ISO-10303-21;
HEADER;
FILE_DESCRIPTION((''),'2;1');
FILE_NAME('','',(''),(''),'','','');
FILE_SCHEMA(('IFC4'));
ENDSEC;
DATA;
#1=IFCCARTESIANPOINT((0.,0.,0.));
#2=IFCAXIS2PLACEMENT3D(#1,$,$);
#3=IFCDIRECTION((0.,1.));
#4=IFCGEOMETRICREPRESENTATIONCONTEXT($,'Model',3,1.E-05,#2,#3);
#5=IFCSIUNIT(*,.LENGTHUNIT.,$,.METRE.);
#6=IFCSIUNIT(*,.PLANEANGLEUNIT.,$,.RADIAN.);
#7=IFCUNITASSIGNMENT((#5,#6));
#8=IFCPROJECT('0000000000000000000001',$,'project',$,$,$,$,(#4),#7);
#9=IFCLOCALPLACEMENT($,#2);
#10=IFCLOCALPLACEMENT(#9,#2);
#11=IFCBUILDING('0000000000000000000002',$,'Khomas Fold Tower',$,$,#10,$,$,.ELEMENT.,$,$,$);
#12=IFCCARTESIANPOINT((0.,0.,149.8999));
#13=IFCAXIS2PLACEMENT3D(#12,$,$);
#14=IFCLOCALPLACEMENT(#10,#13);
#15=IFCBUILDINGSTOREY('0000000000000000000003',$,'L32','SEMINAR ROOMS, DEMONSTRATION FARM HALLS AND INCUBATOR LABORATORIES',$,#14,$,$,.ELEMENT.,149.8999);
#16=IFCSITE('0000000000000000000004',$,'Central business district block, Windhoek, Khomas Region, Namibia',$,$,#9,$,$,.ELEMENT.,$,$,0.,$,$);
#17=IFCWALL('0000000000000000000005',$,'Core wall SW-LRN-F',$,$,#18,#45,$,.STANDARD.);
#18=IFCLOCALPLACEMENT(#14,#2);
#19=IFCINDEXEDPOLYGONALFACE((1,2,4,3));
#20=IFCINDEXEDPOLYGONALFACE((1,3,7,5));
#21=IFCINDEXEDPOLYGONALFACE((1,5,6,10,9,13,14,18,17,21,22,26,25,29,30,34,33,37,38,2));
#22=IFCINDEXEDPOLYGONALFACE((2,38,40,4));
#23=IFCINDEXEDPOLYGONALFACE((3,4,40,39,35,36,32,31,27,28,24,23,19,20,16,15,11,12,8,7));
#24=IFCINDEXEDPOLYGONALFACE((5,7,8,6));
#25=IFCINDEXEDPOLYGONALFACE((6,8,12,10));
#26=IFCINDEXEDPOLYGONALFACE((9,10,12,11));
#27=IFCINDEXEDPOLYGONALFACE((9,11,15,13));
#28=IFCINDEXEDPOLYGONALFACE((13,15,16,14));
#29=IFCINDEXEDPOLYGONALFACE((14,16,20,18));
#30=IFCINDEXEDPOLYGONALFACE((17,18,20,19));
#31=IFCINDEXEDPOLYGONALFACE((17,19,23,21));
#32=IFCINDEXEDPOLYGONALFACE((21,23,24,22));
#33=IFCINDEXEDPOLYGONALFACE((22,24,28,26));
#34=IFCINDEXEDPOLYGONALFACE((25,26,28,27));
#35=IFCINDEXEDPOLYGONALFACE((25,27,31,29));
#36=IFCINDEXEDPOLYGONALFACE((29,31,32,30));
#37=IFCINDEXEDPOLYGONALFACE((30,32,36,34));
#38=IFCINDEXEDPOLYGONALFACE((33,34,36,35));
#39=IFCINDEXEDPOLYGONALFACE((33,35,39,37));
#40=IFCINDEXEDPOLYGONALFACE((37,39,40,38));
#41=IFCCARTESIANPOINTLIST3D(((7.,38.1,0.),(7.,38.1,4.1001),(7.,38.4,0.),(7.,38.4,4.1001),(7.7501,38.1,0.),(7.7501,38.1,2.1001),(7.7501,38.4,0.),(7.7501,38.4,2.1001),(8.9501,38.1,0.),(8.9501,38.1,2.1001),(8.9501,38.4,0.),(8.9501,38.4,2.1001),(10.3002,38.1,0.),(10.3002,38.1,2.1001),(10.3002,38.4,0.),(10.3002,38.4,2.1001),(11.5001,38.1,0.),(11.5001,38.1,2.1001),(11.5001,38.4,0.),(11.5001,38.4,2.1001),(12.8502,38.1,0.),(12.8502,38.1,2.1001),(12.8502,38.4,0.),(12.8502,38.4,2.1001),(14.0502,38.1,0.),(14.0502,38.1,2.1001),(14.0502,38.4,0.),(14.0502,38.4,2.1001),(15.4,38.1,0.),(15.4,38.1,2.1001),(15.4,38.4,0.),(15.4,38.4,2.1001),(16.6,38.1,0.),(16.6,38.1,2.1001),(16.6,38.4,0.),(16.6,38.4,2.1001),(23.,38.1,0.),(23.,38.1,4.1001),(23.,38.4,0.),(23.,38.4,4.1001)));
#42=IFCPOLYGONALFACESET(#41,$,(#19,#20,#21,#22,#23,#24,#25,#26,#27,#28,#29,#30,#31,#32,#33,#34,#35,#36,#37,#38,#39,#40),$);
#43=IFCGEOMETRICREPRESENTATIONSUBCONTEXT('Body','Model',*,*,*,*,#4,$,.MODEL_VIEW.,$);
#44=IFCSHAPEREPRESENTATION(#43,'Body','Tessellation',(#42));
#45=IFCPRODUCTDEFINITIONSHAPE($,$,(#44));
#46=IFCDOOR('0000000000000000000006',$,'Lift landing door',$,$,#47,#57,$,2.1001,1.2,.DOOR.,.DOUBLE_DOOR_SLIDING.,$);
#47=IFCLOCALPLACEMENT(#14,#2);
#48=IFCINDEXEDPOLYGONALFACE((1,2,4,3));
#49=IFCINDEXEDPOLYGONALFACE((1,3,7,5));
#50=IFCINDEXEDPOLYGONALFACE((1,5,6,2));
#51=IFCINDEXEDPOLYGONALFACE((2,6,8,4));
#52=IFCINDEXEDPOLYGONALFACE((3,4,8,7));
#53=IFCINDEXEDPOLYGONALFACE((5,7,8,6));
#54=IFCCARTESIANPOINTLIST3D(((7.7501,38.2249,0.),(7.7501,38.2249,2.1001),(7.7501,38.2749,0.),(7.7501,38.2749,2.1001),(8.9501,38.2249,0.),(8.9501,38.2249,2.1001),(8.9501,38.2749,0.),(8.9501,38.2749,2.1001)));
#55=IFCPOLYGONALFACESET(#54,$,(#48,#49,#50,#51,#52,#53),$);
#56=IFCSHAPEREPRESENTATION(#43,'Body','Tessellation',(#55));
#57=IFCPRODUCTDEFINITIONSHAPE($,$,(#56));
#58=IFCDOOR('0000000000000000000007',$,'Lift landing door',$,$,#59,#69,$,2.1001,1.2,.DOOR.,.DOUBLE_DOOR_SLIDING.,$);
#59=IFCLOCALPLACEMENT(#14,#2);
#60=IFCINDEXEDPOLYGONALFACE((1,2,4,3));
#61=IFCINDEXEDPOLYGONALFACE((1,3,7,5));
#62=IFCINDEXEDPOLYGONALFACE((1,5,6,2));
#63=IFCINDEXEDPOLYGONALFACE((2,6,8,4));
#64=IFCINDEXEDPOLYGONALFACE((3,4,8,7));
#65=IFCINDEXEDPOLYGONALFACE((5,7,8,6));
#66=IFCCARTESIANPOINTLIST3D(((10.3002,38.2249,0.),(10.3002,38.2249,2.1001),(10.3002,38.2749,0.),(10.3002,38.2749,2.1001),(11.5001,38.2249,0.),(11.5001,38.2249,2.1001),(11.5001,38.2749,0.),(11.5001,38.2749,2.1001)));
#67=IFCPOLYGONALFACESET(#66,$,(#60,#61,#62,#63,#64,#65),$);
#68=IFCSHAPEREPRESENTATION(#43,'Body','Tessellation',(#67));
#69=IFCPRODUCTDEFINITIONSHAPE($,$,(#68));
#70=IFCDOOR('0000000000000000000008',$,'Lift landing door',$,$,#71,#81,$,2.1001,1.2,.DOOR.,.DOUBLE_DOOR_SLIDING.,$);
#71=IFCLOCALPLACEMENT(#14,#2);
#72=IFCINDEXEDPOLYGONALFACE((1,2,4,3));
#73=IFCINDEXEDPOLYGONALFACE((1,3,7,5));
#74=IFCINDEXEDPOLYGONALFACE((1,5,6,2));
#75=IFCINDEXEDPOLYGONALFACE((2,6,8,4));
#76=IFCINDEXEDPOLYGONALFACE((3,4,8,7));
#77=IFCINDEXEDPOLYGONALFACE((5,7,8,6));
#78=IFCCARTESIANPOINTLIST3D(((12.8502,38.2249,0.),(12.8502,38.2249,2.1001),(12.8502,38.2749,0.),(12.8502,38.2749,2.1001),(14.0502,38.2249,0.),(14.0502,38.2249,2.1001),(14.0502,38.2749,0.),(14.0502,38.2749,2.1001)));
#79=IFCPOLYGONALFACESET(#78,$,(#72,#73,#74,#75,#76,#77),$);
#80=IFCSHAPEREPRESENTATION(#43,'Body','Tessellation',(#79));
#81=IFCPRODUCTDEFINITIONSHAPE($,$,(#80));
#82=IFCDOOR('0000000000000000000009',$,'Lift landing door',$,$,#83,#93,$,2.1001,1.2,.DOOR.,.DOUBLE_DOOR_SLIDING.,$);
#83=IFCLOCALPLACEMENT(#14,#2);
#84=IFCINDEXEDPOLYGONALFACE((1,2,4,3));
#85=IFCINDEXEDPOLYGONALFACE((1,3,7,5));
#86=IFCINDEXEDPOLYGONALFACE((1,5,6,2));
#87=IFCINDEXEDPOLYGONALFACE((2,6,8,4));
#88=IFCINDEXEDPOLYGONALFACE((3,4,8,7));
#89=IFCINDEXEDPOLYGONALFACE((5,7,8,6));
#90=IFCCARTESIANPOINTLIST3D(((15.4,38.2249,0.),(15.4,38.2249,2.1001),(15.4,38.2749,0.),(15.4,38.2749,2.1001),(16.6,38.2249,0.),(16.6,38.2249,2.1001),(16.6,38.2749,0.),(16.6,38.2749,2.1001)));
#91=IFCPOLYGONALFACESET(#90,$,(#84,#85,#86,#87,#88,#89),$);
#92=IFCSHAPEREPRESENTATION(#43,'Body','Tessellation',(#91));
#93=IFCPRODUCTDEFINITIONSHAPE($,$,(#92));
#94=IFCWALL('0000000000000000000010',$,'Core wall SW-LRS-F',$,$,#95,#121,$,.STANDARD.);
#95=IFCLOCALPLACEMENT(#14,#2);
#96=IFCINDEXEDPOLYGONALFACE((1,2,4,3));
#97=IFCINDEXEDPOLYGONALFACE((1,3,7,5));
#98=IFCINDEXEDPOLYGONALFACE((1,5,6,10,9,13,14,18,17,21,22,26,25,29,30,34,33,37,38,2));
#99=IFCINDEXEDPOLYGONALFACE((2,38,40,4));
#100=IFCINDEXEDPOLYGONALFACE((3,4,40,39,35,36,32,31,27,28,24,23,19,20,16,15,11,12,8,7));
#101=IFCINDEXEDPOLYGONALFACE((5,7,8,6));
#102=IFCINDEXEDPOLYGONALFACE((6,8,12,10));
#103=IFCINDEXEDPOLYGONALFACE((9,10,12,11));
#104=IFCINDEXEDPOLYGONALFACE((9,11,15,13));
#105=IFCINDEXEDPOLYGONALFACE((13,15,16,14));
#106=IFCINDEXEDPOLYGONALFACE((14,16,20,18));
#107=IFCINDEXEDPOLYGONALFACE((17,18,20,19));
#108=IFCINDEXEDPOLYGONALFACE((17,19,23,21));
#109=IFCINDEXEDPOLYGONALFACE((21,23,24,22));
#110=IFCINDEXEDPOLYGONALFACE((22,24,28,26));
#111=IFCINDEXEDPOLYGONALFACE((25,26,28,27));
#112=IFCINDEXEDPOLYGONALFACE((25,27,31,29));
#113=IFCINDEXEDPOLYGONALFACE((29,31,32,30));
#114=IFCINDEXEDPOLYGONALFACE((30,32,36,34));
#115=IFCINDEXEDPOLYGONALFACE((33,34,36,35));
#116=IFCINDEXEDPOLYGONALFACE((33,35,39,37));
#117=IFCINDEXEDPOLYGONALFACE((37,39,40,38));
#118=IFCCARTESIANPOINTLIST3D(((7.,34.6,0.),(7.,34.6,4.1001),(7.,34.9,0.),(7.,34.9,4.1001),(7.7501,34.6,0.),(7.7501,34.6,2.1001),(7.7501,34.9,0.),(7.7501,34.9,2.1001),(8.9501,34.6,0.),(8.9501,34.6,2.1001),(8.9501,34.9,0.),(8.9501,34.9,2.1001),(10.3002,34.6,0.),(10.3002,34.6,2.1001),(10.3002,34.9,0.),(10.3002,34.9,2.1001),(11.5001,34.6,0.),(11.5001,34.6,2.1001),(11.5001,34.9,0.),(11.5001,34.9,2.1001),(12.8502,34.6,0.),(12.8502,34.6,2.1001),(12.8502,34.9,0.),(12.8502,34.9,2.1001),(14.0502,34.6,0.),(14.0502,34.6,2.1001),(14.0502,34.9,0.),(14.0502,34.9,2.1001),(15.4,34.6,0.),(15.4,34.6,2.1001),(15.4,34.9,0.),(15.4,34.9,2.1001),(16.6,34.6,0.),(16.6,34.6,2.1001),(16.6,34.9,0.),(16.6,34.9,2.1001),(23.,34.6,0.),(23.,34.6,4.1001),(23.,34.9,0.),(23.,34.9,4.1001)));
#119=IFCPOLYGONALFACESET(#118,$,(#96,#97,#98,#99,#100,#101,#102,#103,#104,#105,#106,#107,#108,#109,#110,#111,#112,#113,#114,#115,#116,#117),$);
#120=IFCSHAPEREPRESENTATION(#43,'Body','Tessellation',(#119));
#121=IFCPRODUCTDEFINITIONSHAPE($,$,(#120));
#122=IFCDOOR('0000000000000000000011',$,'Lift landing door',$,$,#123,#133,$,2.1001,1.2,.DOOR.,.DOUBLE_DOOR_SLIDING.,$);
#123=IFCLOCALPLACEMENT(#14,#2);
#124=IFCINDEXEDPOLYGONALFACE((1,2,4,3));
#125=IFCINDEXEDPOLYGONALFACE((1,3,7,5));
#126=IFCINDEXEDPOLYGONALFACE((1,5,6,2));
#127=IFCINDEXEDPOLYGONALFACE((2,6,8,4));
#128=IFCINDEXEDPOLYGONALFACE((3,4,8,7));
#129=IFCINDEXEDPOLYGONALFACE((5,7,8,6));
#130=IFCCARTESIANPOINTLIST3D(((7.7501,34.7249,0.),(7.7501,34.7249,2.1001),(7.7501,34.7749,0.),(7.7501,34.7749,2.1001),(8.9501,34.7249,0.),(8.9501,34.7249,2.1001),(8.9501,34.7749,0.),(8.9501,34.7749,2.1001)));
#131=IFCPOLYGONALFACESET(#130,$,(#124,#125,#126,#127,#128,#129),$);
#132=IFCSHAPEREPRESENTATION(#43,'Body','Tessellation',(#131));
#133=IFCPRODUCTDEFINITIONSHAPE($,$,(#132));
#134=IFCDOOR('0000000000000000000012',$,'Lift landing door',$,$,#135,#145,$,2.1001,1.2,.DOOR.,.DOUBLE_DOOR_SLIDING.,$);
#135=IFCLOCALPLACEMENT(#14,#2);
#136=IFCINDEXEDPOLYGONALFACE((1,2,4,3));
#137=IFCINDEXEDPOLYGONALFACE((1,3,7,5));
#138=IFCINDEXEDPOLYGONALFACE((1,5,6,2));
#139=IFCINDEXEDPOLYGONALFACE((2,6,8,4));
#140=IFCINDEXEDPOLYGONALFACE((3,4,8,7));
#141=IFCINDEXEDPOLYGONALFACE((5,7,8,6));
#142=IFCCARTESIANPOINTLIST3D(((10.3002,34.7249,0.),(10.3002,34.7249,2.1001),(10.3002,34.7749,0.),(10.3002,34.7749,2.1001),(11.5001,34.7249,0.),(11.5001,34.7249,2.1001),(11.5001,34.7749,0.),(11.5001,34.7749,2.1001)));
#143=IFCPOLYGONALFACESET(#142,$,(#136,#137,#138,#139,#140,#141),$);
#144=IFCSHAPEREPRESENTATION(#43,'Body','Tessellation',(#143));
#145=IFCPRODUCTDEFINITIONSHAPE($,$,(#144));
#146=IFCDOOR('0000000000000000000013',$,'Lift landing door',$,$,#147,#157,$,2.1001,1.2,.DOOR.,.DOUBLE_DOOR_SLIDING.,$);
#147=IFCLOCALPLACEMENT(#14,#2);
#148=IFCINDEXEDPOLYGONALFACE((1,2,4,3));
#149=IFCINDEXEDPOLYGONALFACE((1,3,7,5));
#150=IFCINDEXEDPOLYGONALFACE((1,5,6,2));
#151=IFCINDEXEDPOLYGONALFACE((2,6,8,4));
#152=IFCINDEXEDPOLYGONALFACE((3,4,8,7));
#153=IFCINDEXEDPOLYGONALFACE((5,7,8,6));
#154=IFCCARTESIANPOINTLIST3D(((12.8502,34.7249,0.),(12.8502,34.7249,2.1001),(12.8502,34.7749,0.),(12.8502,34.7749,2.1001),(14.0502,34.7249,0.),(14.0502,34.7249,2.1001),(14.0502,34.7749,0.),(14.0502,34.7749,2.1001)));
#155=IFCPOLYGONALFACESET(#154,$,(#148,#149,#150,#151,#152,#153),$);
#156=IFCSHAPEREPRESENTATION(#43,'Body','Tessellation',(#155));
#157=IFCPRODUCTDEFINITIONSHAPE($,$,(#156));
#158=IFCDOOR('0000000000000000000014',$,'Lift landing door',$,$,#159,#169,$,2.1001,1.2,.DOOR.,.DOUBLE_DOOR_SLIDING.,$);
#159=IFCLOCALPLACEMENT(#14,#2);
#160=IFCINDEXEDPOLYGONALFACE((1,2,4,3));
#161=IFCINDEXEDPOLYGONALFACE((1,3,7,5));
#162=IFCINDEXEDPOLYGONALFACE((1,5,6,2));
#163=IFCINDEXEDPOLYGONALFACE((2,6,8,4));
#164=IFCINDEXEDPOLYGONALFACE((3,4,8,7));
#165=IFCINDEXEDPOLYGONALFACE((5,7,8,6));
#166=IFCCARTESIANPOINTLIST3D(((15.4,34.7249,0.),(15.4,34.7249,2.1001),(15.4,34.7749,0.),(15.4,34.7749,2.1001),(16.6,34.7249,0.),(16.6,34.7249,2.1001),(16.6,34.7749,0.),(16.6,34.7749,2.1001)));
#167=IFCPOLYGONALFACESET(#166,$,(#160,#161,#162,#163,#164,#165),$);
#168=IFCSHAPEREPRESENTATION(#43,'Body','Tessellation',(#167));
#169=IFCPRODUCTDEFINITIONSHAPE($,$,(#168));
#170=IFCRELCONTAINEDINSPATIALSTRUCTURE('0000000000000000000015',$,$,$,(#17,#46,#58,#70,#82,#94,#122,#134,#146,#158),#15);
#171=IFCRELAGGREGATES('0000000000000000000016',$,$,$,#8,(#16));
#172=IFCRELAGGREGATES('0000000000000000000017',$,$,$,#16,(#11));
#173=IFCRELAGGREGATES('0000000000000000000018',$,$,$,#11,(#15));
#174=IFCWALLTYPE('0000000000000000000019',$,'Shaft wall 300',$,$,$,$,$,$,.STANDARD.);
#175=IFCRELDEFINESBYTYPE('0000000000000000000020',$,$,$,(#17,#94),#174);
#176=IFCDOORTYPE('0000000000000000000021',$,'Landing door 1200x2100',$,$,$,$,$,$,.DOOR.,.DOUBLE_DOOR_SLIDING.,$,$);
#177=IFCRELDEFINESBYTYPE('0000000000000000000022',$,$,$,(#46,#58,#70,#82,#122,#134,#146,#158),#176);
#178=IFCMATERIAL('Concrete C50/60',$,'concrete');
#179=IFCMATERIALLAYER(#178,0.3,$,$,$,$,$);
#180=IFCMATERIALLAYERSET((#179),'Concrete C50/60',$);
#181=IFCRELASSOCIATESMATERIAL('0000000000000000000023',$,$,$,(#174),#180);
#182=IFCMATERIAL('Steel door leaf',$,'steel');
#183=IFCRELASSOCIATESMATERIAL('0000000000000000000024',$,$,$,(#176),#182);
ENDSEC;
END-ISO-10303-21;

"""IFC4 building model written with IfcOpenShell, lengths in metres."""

from ifc_helpers import new_model, si_unit, direction, frame, frame_2d, origin, place, context, subcontext, project, spatial, rectangle, extrude, source, transform, mapped, material, layer, layer_set, type_object, element, fill, save


model = new_model("IFC4")

# Units and contexts
model_context = context("Model", 3, precision=1e-05, world=origin(), true_north=direction((0.0, 1.0)))
body_context = subcontext(model_context, "Body", "Model", "MODEL_VIEW")
ifc_project = project(units=[si_unit("LENGTHUNIT", "METRE"), si_unit("PLANEANGLEUNIT", "RADIAN")], contexts=[model_context])

# Site, building, storey
site_placement = place(None, origin())
site = spatial("IfcSite", under=ifc_project, at=site_placement, Name="Central business district block, Windhoek, Khomas Region, Namibia", CompositionType="ELEMENT", RefElevation=0.0)
building_placement = place(site_placement, origin())
building = spatial("IfcBuilding", under=site, at=building_placement, Name="Khomas Fold Tower", CompositionType="ELEMENT")
storey_placement = place(building_placement, frame((0.0, 0.0, 149.8999)))
storey = spatial("IfcBuildingStorey", under=building, at=storey_placement, Name="L32", Description="SEMINAR ROOMS, DEMONSTRATION FARM HALLS AND INCUBATOR LABORATORIES", CompositionType="ELEMENT", Elevation=149.8999)

# Walls, openings, doors
ifc_material_1 = material(Name="Concrete C50/60", Category="concrete")
ifc_layer_1 = layer(ifc_material_1, 0.3)
ifc_layer_set_1 = layer_set([ifc_layer_1], Name="Concrete C50/60")
wall_type_1 = type_object("IfcWallType", Name="Shaft wall 300", PredefinedType="STANDARD", material=ifc_layer_set_1)
shared_shape_1 = source(origin(), body_context, "Body", "SweptSolid", [
    extrude(rectangle(XDim=16.0, YDim=0.3, at=frame_2d((8.0, 0.0))), origin(), (0.0, 0.0, 1.0), 4.1001),
])
wall_1_placement = place(storey_placement, frame((7.0, 38.25, 0.0), z_axis=(0.0, 0.0, 1.0), x_axis=(1.0, 0.0, 0.0)))
wall_1 = element("IfcWall", 1, at=wall_1_placement, inside=storey, type_object=wall_type_1, Name="Core wall SW-LRN-F", PredefinedType="STANDARD", context=body_context, shape_type="MappedRepresentation", body=[
    mapped(shared_shape_1, transform((0.0, 0.0, 0.0))),
])
shared_shape_2 = source(origin(), body_context, "Body", "SweptSolid", [
    extrude(rectangle(XDim=1.2, YDim=2.1001, at=frame_2d((0.6001, 1.05))), frame((0.0, 0.1599, 0.0), z_axis=(0.0, -1.0, 0.0), x_axis=(1.0, 0.0, 0.0)), (0.0, 0.0, 1.0), 0.3201),
])
opening_1_placement = place(wall_1_placement, frame((0.75, 0.0, 0.0)))
opening_1 = element("IfcOpeningElement", 2, at=opening_1_placement, cuts=wall_1, PredefinedType="OPENING", context=body_context, shape_type="MappedRepresentation", body=[
    mapped(shared_shape_2, transform((0.0, 0.0, 0.0))),
])
opening_2_placement = place(wall_1_placement, frame((3.3, 0.0, 0.0)))
opening_2 = element("IfcOpeningElement", 3, at=opening_2_placement, cuts=wall_1, PredefinedType="OPENING", context=body_context, shape_type="MappedRepresentation", body=[
    mapped(shared_shape_2, transform((0.0, 0.0, 0.0))),
])
opening_3_placement = place(wall_1_placement, frame((5.8501, 0.0, 0.0)))
opening_3 = element("IfcOpeningElement", 4, at=opening_3_placement, cuts=wall_1, PredefinedType="OPENING", context=body_context, shape_type="MappedRepresentation", body=[
    mapped(shared_shape_2, transform((0.0, 0.0, 0.0))),
])
opening_4_placement = place(wall_1_placement, frame((8.3999, 0.0, 0.0)))
opening_4 = element("IfcOpeningElement", 5, at=opening_4_placement, cuts=wall_1, PredefinedType="OPENING", context=body_context, shape_type="MappedRepresentation", body=[
    mapped(shared_shape_2, transform((0.0, 0.0, 0.0))),
])
ifc_material_2 = material(Name="Steel door leaf", Category="steel")
door_type = type_object("IfcDoorType", Name="Landing door 1200x2100", OperationType="DOUBLE_DOOR_SLIDING", PredefinedType="DOOR", material=ifc_material_2)
shared_shape_3 = source(origin(), body_context, "Body", "SweptSolid", [
    extrude(rectangle(XDim=1.2, YDim=2.1001, at=frame_2d((0.6001, 1.05))), frame((0.0, 0.0249, 0.0), z_axis=(0.0, -1.0, 0.0), x_axis=(1.0, 0.0, 0.0)), (0.0, 0.0, 1.0), 0.05),
])
door_1_placement = place(opening_1_placement, origin())
door_1 = element("IfcDoor", 6, at=door_1_placement, inside=storey, type_object=door_type, Name="Lift landing door", OperationType="DOUBLE_DOOR_SLIDING", OverallHeight=2.1001, OverallWidth=1.2, PredefinedType="DOOR", context=body_context, shape_type="MappedRepresentation", body=[
    mapped(shared_shape_3, transform((0.0, 0.0, 0.0))),
])
fill(opening_1, door_1)
door_2_placement = place(opening_2_placement, origin())
door_2 = element("IfcDoor", 7, at=door_2_placement, inside=storey, type_object=door_type, Name="Lift landing door", OperationType="DOUBLE_DOOR_SLIDING", OverallHeight=2.1001, OverallWidth=1.2, PredefinedType="DOOR", context=body_context, shape_type="MappedRepresentation", body=[
    mapped(shared_shape_3, transform((0.0, 0.0, 0.0))),
])
fill(opening_2, door_2)
door_3_placement = place(opening_3_placement, origin())
door_3 = element("IfcDoor", 8, at=door_3_placement, inside=storey, type_object=door_type, Name="Lift landing door", OperationType="DOUBLE_DOOR_SLIDING", OverallHeight=2.1001, OverallWidth=1.2, PredefinedType="DOOR", context=body_context, shape_type="MappedRepresentation", body=[
    mapped(shared_shape_3, transform((0.0, 0.0, 0.0))),
])
fill(opening_3, door_3)
door_4_placement = place(opening_4_placement, origin())
door_4 = element("IfcDoor", 9, at=door_4_placement, inside=storey, type_object=door_type, Name="Lift landing door", OperationType="DOUBLE_DOOR_SLIDING", OverallHeight=2.1001, OverallWidth=1.2, PredefinedType="DOOR", context=body_context, shape_type="MappedRepresentation", body=[
    mapped(shared_shape_3, transform((0.0, 0.0, 0.0))),
])
fill(opening_4, door_4)
wall_2_placement = place(storey_placement, frame((7.0, 34.75, 0.0), z_axis=(0.0, 0.0, 1.0), x_axis=(1.0, 0.0, 0.0)))
wall_2 = element("IfcWall", 10, at=wall_2_placement, inside=storey, type_object=wall_type_1, Name="Core wall SW-LRS-F", PredefinedType="STANDARD", context=body_context, shape_type="MappedRepresentation", body=[
    mapped(shared_shape_1, transform((0.0, 0.0, 0.0))),
])
opening_5_placement = place(wall_2_placement, frame((0.75, 0.0, 0.0)))
opening_5 = element("IfcOpeningElement", 11, at=opening_5_placement, cuts=wall_2, PredefinedType="OPENING", context=body_context, shape_type="MappedRepresentation", body=[
    mapped(shared_shape_2, transform((0.0, 0.0, 0.0))),
])
opening_6_placement = place(wall_2_placement, frame((3.3, 0.0, 0.0)))
opening_6 = element("IfcOpeningElement", 12, at=opening_6_placement, cuts=wall_2, PredefinedType="OPENING", context=body_context, shape_type="MappedRepresentation", body=[
    mapped(shared_shape_2, transform((0.0, 0.0, 0.0))),
])
opening_7_placement = place(wall_2_placement, frame((5.8501, 0.0, 0.0)))
opening_7 = element("IfcOpeningElement", 13, at=opening_7_placement, cuts=wall_2, PredefinedType="OPENING", context=body_context, shape_type="MappedRepresentation", body=[
    mapped(shared_shape_2, transform((0.0, 0.0, 0.0))),
])
opening_8_placement = place(wall_2_placement, frame((8.3999, 0.0, 0.0)))
opening_8 = element("IfcOpeningElement", 14, at=opening_8_placement, cuts=wall_2, PredefinedType="OPENING", context=body_context, shape_type="MappedRepresentation", body=[
    mapped(shared_shape_2, transform((0.0, 0.0, 0.0))),
])
door_5_placement = place(opening_5_placement, origin())
door_5 = element("IfcDoor", 15, at=door_5_placement, inside=storey, type_object=door_type, Name="Lift landing door", OperationType="DOUBLE_DOOR_SLIDING", OverallHeight=2.1001, OverallWidth=1.2, PredefinedType="DOOR", context=body_context, shape_type="MappedRepresentation", body=[
    mapped(shared_shape_3, transform((0.0, 0.0, 0.0))),
])
fill(opening_5, door_5)
door_6_placement = place(opening_6_placement, origin())
door_6 = element("IfcDoor", 16, at=door_6_placement, inside=storey, type_object=door_type, Name="Lift landing door", OperationType="DOUBLE_DOOR_SLIDING", OverallHeight=2.1001, OverallWidth=1.2, PredefinedType="DOOR", context=body_context, shape_type="MappedRepresentation", body=[
    mapped(shared_shape_3, transform((0.0, 0.0, 0.0))),
])
fill(opening_6, door_6)
door_7_placement = place(opening_7_placement, origin())
door_7 = element("IfcDoor", 17, at=door_7_placement, inside=storey, type_object=door_type, Name="Lift landing door", OperationType="DOUBLE_DOOR_SLIDING", OverallHeight=2.1001, OverallWidth=1.2, PredefinedType="DOOR", context=body_context, shape_type="MappedRepresentation", body=[
    mapped(shared_shape_3, transform((0.0, 0.0, 0.0))),
])
fill(opening_7, door_7)
door_8_placement = place(opening_8_placement, origin())
door_8 = element("IfcDoor", 18, at=door_8_placement, inside=storey, type_object=door_type, Name="Lift landing door", OperationType="DOUBLE_DOOR_SLIDING", OverallHeight=2.1001, OverallWidth=1.2, PredefinedType="DOOR", context=body_context, shape_type="MappedRepresentation", body=[
    mapped(shared_shape_3, transform((0.0, 0.0, 0.0))),
])
fill(opening_8, door_8)

save(model, "model.ifc")
